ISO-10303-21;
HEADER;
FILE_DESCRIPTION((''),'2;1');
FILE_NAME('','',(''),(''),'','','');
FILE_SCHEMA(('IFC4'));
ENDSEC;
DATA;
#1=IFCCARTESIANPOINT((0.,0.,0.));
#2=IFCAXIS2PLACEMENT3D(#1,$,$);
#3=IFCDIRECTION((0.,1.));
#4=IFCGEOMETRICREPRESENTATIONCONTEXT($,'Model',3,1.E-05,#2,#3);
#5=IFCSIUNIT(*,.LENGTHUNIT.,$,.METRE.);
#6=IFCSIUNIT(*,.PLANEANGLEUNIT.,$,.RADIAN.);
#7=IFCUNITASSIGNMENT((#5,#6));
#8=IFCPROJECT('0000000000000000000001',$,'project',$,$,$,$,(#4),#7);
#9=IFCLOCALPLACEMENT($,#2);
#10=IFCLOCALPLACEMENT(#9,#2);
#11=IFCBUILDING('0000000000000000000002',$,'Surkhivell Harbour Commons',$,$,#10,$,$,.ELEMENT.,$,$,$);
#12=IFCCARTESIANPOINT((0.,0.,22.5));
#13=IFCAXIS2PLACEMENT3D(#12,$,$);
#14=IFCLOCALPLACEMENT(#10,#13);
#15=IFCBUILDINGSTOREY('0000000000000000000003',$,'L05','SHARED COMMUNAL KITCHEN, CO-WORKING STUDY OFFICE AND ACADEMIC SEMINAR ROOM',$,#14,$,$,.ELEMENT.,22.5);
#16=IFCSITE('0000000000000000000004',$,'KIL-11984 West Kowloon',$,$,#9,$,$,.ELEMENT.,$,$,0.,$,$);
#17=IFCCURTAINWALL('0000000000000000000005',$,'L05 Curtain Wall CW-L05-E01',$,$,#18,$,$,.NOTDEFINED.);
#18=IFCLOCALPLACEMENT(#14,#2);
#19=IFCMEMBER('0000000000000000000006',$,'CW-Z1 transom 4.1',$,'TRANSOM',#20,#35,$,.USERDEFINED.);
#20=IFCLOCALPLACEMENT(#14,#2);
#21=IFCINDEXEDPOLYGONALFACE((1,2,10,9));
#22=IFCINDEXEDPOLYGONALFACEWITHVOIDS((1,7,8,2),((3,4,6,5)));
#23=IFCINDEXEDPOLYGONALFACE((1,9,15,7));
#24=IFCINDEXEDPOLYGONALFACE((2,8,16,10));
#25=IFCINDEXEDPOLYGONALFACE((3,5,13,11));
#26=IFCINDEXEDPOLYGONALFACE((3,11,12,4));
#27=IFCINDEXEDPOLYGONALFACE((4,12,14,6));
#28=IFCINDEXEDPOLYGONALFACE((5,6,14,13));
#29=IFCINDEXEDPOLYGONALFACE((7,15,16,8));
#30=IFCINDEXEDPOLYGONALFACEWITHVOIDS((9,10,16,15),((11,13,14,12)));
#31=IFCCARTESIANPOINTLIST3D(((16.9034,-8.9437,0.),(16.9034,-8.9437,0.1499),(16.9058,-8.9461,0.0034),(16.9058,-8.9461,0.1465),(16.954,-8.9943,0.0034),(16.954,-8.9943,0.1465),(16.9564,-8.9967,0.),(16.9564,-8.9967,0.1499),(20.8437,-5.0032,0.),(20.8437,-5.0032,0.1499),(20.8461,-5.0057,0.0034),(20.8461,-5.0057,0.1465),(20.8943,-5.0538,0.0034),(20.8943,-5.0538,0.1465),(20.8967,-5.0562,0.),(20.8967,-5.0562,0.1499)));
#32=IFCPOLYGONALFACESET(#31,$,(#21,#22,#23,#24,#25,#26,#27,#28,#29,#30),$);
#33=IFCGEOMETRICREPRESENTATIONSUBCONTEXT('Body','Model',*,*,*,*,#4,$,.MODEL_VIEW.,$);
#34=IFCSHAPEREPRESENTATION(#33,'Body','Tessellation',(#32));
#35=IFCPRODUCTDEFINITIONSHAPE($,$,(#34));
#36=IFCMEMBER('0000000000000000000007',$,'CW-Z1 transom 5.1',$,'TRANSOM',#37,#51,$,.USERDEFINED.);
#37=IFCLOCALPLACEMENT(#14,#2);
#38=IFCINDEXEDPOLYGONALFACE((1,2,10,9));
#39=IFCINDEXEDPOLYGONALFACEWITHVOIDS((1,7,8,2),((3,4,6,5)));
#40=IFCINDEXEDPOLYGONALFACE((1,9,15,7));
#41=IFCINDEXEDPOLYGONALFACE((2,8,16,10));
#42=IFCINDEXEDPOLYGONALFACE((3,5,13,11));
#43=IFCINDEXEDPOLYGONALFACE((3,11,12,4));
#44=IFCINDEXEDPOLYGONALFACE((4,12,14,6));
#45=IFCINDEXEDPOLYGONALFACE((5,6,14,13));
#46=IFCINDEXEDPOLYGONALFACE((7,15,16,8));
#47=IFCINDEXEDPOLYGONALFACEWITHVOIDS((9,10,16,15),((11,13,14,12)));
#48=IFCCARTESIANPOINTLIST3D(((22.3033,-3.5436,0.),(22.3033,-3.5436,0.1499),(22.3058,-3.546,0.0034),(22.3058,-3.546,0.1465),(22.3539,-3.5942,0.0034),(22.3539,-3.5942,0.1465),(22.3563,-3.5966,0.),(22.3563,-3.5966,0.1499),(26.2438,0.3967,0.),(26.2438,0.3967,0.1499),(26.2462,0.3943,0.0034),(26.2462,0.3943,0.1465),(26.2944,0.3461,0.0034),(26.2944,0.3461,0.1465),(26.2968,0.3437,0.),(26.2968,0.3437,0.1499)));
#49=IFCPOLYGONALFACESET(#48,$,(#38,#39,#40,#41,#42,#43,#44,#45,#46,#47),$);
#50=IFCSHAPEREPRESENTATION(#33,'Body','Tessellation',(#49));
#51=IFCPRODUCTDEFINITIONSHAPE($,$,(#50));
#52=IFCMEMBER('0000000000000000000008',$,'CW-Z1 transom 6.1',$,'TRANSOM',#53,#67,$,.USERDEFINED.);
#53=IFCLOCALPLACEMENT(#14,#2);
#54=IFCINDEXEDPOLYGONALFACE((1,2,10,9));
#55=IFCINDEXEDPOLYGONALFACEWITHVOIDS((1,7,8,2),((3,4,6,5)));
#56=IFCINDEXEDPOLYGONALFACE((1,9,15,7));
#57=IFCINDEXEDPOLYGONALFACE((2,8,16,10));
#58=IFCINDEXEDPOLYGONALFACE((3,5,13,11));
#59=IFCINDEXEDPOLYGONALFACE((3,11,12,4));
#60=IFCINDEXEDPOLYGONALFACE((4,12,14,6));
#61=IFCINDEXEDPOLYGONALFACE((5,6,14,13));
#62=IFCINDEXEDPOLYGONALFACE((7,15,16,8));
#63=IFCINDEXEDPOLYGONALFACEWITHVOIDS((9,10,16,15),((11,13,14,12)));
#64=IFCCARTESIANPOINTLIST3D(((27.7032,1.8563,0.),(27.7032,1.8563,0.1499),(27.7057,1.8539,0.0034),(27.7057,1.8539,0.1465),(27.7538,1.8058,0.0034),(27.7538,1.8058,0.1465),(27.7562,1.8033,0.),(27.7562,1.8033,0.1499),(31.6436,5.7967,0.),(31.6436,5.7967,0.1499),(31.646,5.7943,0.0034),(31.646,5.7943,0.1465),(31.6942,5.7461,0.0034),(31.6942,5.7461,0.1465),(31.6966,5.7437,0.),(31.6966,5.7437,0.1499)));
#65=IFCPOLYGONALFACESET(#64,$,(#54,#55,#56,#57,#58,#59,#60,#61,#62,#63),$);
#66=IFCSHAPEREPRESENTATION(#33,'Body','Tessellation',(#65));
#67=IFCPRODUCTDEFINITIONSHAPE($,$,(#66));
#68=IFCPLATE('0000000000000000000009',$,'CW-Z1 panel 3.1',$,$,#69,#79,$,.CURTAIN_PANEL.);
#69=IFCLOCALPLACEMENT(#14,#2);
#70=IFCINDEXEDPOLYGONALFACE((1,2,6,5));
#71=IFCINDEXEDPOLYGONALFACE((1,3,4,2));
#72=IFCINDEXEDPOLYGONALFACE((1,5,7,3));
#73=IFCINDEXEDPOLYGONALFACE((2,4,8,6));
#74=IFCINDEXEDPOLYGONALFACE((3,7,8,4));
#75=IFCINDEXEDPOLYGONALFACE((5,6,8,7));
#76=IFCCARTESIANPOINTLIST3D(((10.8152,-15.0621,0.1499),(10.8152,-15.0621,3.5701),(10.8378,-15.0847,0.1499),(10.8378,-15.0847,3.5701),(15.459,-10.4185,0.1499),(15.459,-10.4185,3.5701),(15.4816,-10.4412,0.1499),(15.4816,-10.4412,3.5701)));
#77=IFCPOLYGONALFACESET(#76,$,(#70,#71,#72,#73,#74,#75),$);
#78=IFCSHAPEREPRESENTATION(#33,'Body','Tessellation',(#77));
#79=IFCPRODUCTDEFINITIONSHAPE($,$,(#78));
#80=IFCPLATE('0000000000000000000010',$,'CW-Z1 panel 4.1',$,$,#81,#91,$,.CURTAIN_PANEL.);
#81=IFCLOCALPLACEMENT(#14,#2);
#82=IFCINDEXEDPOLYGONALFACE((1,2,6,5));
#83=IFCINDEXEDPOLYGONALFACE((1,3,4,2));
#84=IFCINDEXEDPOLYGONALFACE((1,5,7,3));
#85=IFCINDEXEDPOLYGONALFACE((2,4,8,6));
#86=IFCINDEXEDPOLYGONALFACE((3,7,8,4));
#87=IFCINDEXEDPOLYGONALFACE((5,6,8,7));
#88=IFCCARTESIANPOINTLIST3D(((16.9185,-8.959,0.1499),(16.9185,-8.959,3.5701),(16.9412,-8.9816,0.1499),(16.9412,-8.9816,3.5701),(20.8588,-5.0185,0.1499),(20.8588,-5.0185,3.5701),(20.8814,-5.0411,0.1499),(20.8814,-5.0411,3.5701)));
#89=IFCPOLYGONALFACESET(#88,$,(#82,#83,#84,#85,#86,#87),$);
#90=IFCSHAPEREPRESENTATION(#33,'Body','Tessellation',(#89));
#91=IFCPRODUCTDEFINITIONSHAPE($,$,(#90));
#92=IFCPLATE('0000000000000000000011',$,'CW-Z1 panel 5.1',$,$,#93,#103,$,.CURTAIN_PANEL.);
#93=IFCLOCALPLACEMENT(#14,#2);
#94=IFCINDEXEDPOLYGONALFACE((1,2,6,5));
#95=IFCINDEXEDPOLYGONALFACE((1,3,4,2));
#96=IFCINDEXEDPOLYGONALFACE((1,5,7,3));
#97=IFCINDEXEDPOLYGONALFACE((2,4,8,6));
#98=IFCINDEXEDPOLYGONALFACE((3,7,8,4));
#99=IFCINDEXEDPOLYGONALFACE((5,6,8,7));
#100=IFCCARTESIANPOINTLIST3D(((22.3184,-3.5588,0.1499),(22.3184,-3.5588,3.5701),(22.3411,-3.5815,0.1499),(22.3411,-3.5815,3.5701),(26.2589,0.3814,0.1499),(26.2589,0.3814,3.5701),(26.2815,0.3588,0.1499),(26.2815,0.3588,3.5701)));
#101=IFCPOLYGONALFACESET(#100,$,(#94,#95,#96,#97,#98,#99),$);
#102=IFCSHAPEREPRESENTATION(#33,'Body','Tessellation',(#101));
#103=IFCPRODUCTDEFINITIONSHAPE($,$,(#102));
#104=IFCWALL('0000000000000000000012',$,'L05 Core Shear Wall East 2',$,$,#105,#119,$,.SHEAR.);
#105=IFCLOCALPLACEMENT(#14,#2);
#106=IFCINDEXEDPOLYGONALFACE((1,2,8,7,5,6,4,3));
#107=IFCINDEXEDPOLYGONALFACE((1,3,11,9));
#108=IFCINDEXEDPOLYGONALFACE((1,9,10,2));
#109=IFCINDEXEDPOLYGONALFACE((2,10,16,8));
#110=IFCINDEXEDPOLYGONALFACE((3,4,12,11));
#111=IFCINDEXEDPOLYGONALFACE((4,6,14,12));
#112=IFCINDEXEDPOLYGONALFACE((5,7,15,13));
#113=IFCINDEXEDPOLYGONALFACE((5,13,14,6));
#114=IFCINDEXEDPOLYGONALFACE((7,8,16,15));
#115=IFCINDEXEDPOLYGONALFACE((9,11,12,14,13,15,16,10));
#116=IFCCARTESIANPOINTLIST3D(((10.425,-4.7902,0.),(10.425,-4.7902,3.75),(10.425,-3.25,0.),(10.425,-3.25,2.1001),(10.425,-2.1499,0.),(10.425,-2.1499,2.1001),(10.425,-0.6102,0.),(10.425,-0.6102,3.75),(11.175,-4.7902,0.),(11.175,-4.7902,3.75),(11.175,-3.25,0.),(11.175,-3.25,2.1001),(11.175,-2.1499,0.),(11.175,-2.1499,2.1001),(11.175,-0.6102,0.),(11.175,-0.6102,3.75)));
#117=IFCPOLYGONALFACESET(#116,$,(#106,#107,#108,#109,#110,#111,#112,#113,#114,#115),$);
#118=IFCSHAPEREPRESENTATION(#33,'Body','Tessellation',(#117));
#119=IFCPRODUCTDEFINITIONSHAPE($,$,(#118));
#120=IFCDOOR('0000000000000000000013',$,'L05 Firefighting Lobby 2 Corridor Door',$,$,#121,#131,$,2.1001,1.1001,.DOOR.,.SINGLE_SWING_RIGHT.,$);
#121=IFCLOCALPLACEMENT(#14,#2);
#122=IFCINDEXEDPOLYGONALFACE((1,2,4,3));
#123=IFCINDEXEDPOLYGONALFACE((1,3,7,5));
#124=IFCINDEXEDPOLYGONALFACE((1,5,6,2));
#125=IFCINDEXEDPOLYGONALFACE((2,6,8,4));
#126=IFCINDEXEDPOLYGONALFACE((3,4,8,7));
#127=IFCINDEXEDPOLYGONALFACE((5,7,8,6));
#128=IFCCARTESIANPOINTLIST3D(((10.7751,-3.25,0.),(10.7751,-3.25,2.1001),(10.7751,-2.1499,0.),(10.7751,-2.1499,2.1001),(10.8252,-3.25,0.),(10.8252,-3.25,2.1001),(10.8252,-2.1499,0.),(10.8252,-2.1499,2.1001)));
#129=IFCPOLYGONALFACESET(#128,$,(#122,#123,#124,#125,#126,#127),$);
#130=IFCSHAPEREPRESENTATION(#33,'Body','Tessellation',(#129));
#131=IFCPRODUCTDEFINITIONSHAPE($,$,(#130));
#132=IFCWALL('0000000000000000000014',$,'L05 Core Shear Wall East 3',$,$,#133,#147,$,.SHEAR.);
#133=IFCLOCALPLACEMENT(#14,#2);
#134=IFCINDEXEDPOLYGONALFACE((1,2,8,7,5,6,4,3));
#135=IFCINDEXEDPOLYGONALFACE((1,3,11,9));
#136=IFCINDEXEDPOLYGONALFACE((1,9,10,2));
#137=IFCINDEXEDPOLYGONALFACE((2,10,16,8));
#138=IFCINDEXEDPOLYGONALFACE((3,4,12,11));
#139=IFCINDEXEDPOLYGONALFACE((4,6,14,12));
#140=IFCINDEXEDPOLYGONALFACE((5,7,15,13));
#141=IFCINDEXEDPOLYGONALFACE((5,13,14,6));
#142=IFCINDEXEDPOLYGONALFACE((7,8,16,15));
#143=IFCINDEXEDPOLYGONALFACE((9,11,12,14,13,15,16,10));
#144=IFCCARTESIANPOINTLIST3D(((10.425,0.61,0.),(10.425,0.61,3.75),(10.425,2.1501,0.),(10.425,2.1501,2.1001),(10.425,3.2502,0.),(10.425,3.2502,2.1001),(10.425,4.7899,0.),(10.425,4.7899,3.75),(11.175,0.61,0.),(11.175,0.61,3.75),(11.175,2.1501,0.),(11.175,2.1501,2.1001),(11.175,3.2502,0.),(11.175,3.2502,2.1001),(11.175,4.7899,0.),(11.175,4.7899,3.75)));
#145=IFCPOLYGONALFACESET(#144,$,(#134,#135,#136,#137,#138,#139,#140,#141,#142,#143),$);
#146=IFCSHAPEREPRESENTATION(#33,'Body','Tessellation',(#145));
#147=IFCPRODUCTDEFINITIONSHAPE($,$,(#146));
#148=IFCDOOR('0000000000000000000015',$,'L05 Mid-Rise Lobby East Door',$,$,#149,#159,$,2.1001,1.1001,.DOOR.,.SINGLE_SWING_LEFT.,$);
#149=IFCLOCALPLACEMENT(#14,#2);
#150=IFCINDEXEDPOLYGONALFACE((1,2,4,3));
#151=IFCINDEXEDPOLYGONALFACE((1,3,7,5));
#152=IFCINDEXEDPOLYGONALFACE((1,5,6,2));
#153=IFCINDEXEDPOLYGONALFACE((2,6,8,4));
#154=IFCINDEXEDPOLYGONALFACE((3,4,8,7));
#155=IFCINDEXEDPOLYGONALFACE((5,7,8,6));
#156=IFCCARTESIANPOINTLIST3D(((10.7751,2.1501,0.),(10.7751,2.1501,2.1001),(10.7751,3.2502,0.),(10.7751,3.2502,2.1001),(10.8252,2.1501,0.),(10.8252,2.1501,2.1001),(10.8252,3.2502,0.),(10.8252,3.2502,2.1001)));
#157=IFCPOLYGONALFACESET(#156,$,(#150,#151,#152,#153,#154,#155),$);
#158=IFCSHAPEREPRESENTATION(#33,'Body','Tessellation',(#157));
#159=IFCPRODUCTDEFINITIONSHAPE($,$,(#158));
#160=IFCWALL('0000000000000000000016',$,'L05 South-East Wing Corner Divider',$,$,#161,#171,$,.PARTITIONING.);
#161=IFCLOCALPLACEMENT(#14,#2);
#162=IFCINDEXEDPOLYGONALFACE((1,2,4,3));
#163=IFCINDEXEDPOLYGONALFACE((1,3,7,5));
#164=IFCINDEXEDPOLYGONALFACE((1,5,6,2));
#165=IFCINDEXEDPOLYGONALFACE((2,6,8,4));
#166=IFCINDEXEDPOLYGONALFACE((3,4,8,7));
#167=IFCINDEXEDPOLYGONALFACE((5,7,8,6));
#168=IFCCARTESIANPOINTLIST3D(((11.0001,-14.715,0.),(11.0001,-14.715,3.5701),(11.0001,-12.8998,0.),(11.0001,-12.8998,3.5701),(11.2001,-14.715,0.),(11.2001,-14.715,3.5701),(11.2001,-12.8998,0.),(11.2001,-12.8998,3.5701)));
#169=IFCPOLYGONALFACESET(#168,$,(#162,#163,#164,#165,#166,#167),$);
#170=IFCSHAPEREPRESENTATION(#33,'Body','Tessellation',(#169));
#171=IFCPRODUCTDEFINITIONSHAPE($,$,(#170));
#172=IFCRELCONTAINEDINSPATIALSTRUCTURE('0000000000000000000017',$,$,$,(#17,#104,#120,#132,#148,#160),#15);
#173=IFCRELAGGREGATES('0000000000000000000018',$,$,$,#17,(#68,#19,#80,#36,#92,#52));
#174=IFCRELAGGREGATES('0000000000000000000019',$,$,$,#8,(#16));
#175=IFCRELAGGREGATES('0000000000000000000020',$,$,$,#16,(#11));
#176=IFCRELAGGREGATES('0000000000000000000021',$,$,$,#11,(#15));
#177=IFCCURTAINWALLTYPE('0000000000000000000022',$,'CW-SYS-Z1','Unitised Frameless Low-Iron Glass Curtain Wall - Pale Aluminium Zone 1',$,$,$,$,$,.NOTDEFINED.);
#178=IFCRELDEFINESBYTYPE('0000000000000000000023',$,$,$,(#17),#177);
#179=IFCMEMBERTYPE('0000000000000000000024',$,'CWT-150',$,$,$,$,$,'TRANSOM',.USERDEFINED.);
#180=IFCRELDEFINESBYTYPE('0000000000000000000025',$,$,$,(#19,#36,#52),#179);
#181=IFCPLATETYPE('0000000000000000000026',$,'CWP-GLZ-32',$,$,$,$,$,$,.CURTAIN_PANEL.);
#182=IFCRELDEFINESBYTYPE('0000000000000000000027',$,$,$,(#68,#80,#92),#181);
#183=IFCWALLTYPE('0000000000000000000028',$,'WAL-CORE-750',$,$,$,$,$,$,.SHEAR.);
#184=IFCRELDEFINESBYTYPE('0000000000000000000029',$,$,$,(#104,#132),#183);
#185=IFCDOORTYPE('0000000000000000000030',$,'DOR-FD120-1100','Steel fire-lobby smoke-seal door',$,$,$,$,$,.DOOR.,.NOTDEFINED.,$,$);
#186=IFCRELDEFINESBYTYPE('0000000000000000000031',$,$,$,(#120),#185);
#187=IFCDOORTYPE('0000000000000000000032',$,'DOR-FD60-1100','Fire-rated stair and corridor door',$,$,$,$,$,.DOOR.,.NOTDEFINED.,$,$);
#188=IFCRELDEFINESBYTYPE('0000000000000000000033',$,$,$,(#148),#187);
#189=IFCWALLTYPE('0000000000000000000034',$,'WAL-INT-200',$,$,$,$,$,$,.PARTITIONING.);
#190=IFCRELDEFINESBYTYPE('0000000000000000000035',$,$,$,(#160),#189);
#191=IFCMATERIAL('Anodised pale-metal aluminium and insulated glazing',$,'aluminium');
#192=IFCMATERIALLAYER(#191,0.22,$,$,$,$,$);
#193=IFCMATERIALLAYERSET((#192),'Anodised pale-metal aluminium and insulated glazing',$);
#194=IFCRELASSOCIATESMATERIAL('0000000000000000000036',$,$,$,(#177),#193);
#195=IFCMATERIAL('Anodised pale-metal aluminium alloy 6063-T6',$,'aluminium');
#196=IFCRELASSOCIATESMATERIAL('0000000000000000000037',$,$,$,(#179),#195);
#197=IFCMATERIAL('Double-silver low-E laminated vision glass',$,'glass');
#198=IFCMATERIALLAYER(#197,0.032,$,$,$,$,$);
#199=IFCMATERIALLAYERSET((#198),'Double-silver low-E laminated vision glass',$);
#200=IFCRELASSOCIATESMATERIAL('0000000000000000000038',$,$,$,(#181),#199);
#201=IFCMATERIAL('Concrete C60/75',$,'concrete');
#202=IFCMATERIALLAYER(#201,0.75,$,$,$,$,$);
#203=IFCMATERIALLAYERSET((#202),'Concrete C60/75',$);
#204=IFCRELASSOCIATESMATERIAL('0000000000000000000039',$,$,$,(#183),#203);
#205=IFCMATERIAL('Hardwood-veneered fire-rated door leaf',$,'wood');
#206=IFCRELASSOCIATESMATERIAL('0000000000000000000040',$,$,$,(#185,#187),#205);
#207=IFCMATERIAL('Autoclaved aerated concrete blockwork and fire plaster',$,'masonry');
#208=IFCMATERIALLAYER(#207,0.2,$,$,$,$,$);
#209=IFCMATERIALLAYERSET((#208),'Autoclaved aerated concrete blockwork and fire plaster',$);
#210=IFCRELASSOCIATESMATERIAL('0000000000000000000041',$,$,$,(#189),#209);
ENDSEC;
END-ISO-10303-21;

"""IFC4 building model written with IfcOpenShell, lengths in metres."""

from ifc_helpers import new_model, si_unit, direction, frame, frame_2d, origin, origin_2d, place, context, subcontext, project, spatial, rectangle, hollow_rectangle, extrude, material, layer, layer_set, material_profile, profile_set, type_object, element, fill, aggregate, save


model = new_model("IFC4")

# Units and contexts
model_context = context("Model", 3, precision=1e-05, world=origin(), true_north=direction((0.0, 1.0)))
body_context = subcontext(model_context, "Body", "Model", "MODEL_VIEW")
ifc_project = project(units=[si_unit("LENGTHUNIT", "METRE"), si_unit("PLANEANGLEUNIT", "RADIAN")], contexts=[model_context])

# Site, building, storey
site_placement = place(None, origin())
site = spatial("IfcSite", under=ifc_project, at=site_placement, Name="KIL-11984 West Kowloon", CompositionType="ELEMENT", RefElevation=0.0)
building_placement = place(site_placement, origin())
building = spatial("IfcBuilding", under=site, at=building_placement, Name="Surkhivell Harbour Commons", CompositionType="ELEMENT")
storey_placement = place(building_placement, frame((0.0, 0.0, 22.5)))
storey = spatial("IfcBuildingStorey", under=building, at=storey_placement, Name="L05", Description="SHARED COMMUNAL KITCHEN, CO-WORKING STUDY OFFICE AND ACADEMIC SEMINAR ROOM", CompositionType="ELEMENT", Elevation=22.5)

# Curtain wall, members, plates
ifc_material_1 = material(Name="Anodised pale-metal aluminium and insulated glazing", Category="aluminium")
ifc_layer_1 = layer(ifc_material_1, 0.22)
ifc_layer_set_1 = layer_set([ifc_layer_1], Name="Anodised pale-metal aluminium and insulated glazing")
curtain_wall_type = type_object("IfcCurtainWallType", Name="CW-SYS-Z1", Description="Unitised Frameless Low-Iron Glass Curtain Wall - Pale Aluminium Zone 1", PredefinedType="NOTDEFINED", material=ifc_layer_set_1)
curtain_wall_placement = place(storey_placement, origin())
curtain_wall = element("IfcCurtainWall", 1, at=curtain_wall_placement, inside=storey, type_object=curtain_wall_type, Name="L05 Curtain Wall CW-L05-E01", PredefinedType="NOTDEFINED")
ifc_material_2 = material(Name="Anodised pale-metal aluminium alloy 6063-T6", Category="aluminium")
ifc_material_profile_1 = material_profile(ifc_material_2, hollow_rectangle(XDim=0.075, YDim=0.1499, WallThickness=0.0034, at=origin_2d()), Name="ALU-TRAN-75x150")
ifc_profile_set_1 = profile_set([ifc_material_profile_1], Name="Anodised pale-metal aluminium alloy 6063-T6")
member_type_1 = type_object("IfcMemberType", Name="CWT-150", ElementType="TRANSOM", PredefinedType="USERDEFINED", material=ifc_profile_set_1)
member_1_placement = place(storey_placement, frame((16.9299, -8.9702, 0.075), z_axis=(0.707085, 0.707129, 0.0), x_axis=(-0.707129, 0.707085, 0.0)))
member_1 = element("IfcMember", 2, at=member_1_placement, type_object=member_type_1, Name="CW-Z1 transom 4.1", ObjectType="TRANSOM", PredefinedType="USERDEFINED", context=body_context, shape_type="SweptSolid", body=[
    extrude(hollow_rectangle(XDim=0.075, YDim=0.1499, WallThickness=0.0034, at=origin_2d()), origin(), (0.0, 0.0, 1.0), 5.5725),
])
member_2_placement = place(storey_placement, frame((22.3298, -3.5701, 0.075), z_axis=(0.707129, 0.707085, 0.0), x_axis=(-0.707085, 0.707129, 0.0)))
member_2 = element("IfcMember", 3, at=member_2_placement, type_object=member_type_1, Name="CW-Z1 transom 5.1", ObjectType="TRANSOM", PredefinedType="USERDEFINED", context=body_context, shape_type="SweptSolid", body=[
    extrude(hollow_rectangle(XDim=0.075, YDim=0.1499, WallThickness=0.0034, at=origin_2d()), origin(), (0.0, 0.0, 1.0), 5.5725),
])
member_3_placement = place(storey_placement, frame((27.7297, 1.8298, 0.075), z_axis=(0.707107, 0.707107, 0.0), x_axis=(-0.707107, 0.707107, 0.0)))
member_3 = element("IfcMember", 4, at=member_3_placement, type_object=member_type_1, Name="CW-Z1 transom 6.1", ObjectType="TRANSOM", PredefinedType="USERDEFINED", context=body_context, shape_type="SweptSolid", body=[
    extrude(hollow_rectangle(XDim=0.075, YDim=0.1499, WallThickness=0.0034, at=origin_2d()), origin(), (0.0, 0.0, 1.0), 5.5725),
])
ifc_material_3 = material(Name="Double-silver low-E laminated vision glass", Category="glass")
ifc_layer_2 = layer(ifc_material_3, 0.032)
ifc_layer_set_2 = layer_set([ifc_layer_2], Name="Double-silver low-E laminated vision glass")
plate_type = type_object("IfcPlateType", Name="CWP-GLZ-32", PredefinedType="CURTAIN_PANEL", material=ifc_layer_set_2)
plate_1_placement = place(storey_placement, frame((10.8264, -15.0735, 0.1499), z_axis=(0.0, 0.0, 1.0), x_axis=(0.707125, 0.707088, 0.0)))
plate_1 = element("IfcPlate", 5, at=plate_1_placement, type_object=plate_type, Name="CW-Z1 panel 3.1", PredefinedType="CURTAIN_PANEL", context=body_context, shape_type="SweptSolid", body=[
    extrude(rectangle(XDim=6.5671, YDim=0.032, at=frame_2d((3.2837, 0.0))), origin(), (0.0, 0.0, 1.0), 3.4202),
])
plate_2_placement = place(storey_placement, frame((16.9299, -8.9702, 0.1499), z_axis=(0.0, 0.0, 1.0), x_axis=(0.707085, 0.707129, 0.0)))
plate_2 = element("IfcPlate", 6, at=plate_2_placement, type_object=plate_type, Name="CW-Z1 panel 4.1", PredefinedType="CURTAIN_PANEL", context=body_context, shape_type="SweptSolid", body=[
    extrude(rectangle(XDim=5.5725, YDim=0.032, at=frame_2d((2.7861, 0.0))), origin(), (0.0, 0.0, 1.0), 3.4202),
])
plate_3_placement = place(storey_placement, frame((22.3298, -3.5701, 0.1499), z_axis=(0.0, 0.0, 1.0), x_axis=(0.707129, 0.707085, 0.0)))
plate_3 = element("IfcPlate", 7, at=plate_3_placement, type_object=plate_type, Name="CW-Z1 panel 5.1", PredefinedType="CURTAIN_PANEL", context=body_context, shape_type="SweptSolid", body=[
    extrude(rectangle(XDim=5.5725, YDim=0.032, at=frame_2d((2.7861, 0.0))), origin(), (0.0, 0.0, 1.0), 3.4202),
])
aggregate(curtain_wall, [plate_1, member_1, plate_2, member_2, plate_3, member_3])

# Walls, openings, doors
ifc_material_4 = material(Name="Concrete C60/75", Category="concrete")
ifc_layer_3 = layer(ifc_material_4, 0.75)
ifc_layer_set_3 = layer_set([ifc_layer_3], Name="Concrete C60/75")
wall_type_1 = type_object("IfcWallType", Name="WAL-CORE-750", PredefinedType="SHEAR", material=ifc_layer_set_3)
wall_1_placement = place(storey_placement, frame((10.8, -4.79, 0.0), z_axis=(0.0, 0.0, 1.0), x_axis=(0.0, 1.0, 0.0)))
wall_1 = element("IfcWall", 8, at=wall_1_placement, inside=storey, type_object=wall_type_1, Name="L05 Core Shear Wall East 2", PredefinedType="SHEAR", context=body_context, shape_type="SweptSolid", body=[
    extrude(rectangle(XDim=4.1799, YDim=0.75, at=frame_2d((2.0898, 0.0))), origin(), (0.0, 0.0, 1.0), 3.75),
])
opening_1_placement = place(wall_1_placement, frame((1.54, 0.0, 0.0)))
opening_1 = element("IfcOpeningElement", 9, at=opening_1_placement, cuts=wall_1, PredefinedType="OPENING", context=body_context, shape_type="SweptSolid", body=[
    extrude(rectangle(XDim=1.1001, YDim=2.1001, at=frame_2d((0.55, 1.05))), frame((0.0, 0.385, 0.0), z_axis=(0.0, -1.0, 0.0), x_axis=(1.0, 0.0, 0.0)), (0.0, 0.0, 1.0), 0.77),
])
ifc_material_5 = material(Name="Hardwood-veneered fire-rated door leaf", Category="wood")
door_type_1 = type_object("IfcDoorType", Name="DOR-FD120-1100", Description="Steel fire-lobby smoke-seal door", OperationType="NOTDEFINED", PredefinedType="DOOR", material=ifc_material_5)
door_1_placement = place(opening_1_placement, origin())
door_1 = element("IfcDoor", 10, at=door_1_placement, inside=storey, type_object=door_type_1, Name="L05 Firefighting Lobby 2 Corridor Door", OperationType="SINGLE_SWING_RIGHT", OverallHeight=2.1001, OverallWidth=1.1001, PredefinedType="DOOR", context=body_context, shape_type="SweptSolid", body=[
    extrude(rectangle(XDim=1.1001, YDim=2.1001, at=frame_2d((0.55, 1.05))), frame((0.0, 0.0249, 0.0), z_axis=(0.0, -1.0, 0.0), x_axis=(1.0, 0.0, 0.0)), (0.0, 0.0, 1.0), 0.05),
])
fill(opening_1, door_1)
wall_2_placement = place(storey_placement, frame((10.8, 0.6101, 0.0), z_axis=(0.0, 0.0, 1.0), x_axis=(0.0, 1.0, 0.0)))
wall_2 = element("IfcWall", 11, at=wall_2_placement, inside=storey, type_object=wall_type_1, Name="L05 Core Shear Wall East 3", PredefinedType="SHEAR", context=body_context, shape_type="SweptSolid", body=[
    extrude(rectangle(XDim=4.1799, YDim=0.75, at=frame_2d((2.0898, 0.0))), origin(), (0.0, 0.0, 1.0), 3.75),
])
opening_2_placement = place(wall_2_placement, frame((1.54, 0.0, 0.0)))
opening_2 = element("IfcOpeningElement", 12, at=opening_2_placement, cuts=wall_2, PredefinedType="OPENING", context=body_context, shape_type="SweptSolid", body=[
    extrude(rectangle(XDim=1.1001, YDim=2.1001, at=frame_2d((0.55, 1.05))), frame((0.0, 0.385, 0.0), z_axis=(0.0, -1.0, 0.0), x_axis=(1.0, 0.0, 0.0)), (0.0, 0.0, 1.0), 0.77),
])
door_type_2 = type_object("IfcDoorType", Name="DOR-FD60-1100", Description="Fire-rated stair and corridor door", OperationType="NOTDEFINED", PredefinedType="DOOR", material=ifc_material_5)
door_2_placement = place(opening_2_placement, origin())
door_2 = element("IfcDoor", 13, at=door_2_placement, inside=storey, type_object=door_type_2, Name="L05 Mid-Rise Lobby East Door", OperationType="SINGLE_SWING_LEFT", OverallHeight=2.1001, OverallWidth=1.1001, PredefinedType="DOOR", context=body_context, shape_type="SweptSolid", body=[
    extrude(rectangle(XDim=1.1001, YDim=2.1001, at=frame_2d((0.55, 1.05))), frame((0.0, 0.0249, 0.0), z_axis=(0.0, -1.0, 0.0), x_axis=(1.0, 0.0, 0.0)), (0.0, 0.0, 1.0), 0.05),
])
fill(opening_2, door_2)

# Wall
ifc_material_6 = material(Name="Autoclaved aerated concrete blockwork and fire plaster", Category="masonry")
ifc_layer_4 = layer(ifc_material_6, 0.2)
ifc_layer_set_4 = layer_set([ifc_layer_4], Name="Autoclaved aerated concrete blockwork and fire plaster")
wall_type_2 = type_object("IfcWallType", Name="WAL-INT-200", PredefinedType="PARTITIONING", material=ifc_layer_set_4)
wall_3_placement = place(storey_placement, frame((11.1001, -14.7151, 0.0), z_axis=(0.0, 0.0, 1.0), x_axis=(0.0, 1.0, 0.0)))
element("IfcWall", 14, at=wall_3_placement, inside=storey, type_object=wall_type_2, Name="L05 South-East Wing Corner Divider", PredefinedType="PARTITIONING", context=body_context, shape_type="SweptSolid", body=[
    extrude(rectangle(XDim=1.8152, YDim=0.2, at=frame_2d((0.9077, 0.0))), origin(), (0.0, 0.0, 1.0), 3.5701),
])

save(model, "model.ifc")
